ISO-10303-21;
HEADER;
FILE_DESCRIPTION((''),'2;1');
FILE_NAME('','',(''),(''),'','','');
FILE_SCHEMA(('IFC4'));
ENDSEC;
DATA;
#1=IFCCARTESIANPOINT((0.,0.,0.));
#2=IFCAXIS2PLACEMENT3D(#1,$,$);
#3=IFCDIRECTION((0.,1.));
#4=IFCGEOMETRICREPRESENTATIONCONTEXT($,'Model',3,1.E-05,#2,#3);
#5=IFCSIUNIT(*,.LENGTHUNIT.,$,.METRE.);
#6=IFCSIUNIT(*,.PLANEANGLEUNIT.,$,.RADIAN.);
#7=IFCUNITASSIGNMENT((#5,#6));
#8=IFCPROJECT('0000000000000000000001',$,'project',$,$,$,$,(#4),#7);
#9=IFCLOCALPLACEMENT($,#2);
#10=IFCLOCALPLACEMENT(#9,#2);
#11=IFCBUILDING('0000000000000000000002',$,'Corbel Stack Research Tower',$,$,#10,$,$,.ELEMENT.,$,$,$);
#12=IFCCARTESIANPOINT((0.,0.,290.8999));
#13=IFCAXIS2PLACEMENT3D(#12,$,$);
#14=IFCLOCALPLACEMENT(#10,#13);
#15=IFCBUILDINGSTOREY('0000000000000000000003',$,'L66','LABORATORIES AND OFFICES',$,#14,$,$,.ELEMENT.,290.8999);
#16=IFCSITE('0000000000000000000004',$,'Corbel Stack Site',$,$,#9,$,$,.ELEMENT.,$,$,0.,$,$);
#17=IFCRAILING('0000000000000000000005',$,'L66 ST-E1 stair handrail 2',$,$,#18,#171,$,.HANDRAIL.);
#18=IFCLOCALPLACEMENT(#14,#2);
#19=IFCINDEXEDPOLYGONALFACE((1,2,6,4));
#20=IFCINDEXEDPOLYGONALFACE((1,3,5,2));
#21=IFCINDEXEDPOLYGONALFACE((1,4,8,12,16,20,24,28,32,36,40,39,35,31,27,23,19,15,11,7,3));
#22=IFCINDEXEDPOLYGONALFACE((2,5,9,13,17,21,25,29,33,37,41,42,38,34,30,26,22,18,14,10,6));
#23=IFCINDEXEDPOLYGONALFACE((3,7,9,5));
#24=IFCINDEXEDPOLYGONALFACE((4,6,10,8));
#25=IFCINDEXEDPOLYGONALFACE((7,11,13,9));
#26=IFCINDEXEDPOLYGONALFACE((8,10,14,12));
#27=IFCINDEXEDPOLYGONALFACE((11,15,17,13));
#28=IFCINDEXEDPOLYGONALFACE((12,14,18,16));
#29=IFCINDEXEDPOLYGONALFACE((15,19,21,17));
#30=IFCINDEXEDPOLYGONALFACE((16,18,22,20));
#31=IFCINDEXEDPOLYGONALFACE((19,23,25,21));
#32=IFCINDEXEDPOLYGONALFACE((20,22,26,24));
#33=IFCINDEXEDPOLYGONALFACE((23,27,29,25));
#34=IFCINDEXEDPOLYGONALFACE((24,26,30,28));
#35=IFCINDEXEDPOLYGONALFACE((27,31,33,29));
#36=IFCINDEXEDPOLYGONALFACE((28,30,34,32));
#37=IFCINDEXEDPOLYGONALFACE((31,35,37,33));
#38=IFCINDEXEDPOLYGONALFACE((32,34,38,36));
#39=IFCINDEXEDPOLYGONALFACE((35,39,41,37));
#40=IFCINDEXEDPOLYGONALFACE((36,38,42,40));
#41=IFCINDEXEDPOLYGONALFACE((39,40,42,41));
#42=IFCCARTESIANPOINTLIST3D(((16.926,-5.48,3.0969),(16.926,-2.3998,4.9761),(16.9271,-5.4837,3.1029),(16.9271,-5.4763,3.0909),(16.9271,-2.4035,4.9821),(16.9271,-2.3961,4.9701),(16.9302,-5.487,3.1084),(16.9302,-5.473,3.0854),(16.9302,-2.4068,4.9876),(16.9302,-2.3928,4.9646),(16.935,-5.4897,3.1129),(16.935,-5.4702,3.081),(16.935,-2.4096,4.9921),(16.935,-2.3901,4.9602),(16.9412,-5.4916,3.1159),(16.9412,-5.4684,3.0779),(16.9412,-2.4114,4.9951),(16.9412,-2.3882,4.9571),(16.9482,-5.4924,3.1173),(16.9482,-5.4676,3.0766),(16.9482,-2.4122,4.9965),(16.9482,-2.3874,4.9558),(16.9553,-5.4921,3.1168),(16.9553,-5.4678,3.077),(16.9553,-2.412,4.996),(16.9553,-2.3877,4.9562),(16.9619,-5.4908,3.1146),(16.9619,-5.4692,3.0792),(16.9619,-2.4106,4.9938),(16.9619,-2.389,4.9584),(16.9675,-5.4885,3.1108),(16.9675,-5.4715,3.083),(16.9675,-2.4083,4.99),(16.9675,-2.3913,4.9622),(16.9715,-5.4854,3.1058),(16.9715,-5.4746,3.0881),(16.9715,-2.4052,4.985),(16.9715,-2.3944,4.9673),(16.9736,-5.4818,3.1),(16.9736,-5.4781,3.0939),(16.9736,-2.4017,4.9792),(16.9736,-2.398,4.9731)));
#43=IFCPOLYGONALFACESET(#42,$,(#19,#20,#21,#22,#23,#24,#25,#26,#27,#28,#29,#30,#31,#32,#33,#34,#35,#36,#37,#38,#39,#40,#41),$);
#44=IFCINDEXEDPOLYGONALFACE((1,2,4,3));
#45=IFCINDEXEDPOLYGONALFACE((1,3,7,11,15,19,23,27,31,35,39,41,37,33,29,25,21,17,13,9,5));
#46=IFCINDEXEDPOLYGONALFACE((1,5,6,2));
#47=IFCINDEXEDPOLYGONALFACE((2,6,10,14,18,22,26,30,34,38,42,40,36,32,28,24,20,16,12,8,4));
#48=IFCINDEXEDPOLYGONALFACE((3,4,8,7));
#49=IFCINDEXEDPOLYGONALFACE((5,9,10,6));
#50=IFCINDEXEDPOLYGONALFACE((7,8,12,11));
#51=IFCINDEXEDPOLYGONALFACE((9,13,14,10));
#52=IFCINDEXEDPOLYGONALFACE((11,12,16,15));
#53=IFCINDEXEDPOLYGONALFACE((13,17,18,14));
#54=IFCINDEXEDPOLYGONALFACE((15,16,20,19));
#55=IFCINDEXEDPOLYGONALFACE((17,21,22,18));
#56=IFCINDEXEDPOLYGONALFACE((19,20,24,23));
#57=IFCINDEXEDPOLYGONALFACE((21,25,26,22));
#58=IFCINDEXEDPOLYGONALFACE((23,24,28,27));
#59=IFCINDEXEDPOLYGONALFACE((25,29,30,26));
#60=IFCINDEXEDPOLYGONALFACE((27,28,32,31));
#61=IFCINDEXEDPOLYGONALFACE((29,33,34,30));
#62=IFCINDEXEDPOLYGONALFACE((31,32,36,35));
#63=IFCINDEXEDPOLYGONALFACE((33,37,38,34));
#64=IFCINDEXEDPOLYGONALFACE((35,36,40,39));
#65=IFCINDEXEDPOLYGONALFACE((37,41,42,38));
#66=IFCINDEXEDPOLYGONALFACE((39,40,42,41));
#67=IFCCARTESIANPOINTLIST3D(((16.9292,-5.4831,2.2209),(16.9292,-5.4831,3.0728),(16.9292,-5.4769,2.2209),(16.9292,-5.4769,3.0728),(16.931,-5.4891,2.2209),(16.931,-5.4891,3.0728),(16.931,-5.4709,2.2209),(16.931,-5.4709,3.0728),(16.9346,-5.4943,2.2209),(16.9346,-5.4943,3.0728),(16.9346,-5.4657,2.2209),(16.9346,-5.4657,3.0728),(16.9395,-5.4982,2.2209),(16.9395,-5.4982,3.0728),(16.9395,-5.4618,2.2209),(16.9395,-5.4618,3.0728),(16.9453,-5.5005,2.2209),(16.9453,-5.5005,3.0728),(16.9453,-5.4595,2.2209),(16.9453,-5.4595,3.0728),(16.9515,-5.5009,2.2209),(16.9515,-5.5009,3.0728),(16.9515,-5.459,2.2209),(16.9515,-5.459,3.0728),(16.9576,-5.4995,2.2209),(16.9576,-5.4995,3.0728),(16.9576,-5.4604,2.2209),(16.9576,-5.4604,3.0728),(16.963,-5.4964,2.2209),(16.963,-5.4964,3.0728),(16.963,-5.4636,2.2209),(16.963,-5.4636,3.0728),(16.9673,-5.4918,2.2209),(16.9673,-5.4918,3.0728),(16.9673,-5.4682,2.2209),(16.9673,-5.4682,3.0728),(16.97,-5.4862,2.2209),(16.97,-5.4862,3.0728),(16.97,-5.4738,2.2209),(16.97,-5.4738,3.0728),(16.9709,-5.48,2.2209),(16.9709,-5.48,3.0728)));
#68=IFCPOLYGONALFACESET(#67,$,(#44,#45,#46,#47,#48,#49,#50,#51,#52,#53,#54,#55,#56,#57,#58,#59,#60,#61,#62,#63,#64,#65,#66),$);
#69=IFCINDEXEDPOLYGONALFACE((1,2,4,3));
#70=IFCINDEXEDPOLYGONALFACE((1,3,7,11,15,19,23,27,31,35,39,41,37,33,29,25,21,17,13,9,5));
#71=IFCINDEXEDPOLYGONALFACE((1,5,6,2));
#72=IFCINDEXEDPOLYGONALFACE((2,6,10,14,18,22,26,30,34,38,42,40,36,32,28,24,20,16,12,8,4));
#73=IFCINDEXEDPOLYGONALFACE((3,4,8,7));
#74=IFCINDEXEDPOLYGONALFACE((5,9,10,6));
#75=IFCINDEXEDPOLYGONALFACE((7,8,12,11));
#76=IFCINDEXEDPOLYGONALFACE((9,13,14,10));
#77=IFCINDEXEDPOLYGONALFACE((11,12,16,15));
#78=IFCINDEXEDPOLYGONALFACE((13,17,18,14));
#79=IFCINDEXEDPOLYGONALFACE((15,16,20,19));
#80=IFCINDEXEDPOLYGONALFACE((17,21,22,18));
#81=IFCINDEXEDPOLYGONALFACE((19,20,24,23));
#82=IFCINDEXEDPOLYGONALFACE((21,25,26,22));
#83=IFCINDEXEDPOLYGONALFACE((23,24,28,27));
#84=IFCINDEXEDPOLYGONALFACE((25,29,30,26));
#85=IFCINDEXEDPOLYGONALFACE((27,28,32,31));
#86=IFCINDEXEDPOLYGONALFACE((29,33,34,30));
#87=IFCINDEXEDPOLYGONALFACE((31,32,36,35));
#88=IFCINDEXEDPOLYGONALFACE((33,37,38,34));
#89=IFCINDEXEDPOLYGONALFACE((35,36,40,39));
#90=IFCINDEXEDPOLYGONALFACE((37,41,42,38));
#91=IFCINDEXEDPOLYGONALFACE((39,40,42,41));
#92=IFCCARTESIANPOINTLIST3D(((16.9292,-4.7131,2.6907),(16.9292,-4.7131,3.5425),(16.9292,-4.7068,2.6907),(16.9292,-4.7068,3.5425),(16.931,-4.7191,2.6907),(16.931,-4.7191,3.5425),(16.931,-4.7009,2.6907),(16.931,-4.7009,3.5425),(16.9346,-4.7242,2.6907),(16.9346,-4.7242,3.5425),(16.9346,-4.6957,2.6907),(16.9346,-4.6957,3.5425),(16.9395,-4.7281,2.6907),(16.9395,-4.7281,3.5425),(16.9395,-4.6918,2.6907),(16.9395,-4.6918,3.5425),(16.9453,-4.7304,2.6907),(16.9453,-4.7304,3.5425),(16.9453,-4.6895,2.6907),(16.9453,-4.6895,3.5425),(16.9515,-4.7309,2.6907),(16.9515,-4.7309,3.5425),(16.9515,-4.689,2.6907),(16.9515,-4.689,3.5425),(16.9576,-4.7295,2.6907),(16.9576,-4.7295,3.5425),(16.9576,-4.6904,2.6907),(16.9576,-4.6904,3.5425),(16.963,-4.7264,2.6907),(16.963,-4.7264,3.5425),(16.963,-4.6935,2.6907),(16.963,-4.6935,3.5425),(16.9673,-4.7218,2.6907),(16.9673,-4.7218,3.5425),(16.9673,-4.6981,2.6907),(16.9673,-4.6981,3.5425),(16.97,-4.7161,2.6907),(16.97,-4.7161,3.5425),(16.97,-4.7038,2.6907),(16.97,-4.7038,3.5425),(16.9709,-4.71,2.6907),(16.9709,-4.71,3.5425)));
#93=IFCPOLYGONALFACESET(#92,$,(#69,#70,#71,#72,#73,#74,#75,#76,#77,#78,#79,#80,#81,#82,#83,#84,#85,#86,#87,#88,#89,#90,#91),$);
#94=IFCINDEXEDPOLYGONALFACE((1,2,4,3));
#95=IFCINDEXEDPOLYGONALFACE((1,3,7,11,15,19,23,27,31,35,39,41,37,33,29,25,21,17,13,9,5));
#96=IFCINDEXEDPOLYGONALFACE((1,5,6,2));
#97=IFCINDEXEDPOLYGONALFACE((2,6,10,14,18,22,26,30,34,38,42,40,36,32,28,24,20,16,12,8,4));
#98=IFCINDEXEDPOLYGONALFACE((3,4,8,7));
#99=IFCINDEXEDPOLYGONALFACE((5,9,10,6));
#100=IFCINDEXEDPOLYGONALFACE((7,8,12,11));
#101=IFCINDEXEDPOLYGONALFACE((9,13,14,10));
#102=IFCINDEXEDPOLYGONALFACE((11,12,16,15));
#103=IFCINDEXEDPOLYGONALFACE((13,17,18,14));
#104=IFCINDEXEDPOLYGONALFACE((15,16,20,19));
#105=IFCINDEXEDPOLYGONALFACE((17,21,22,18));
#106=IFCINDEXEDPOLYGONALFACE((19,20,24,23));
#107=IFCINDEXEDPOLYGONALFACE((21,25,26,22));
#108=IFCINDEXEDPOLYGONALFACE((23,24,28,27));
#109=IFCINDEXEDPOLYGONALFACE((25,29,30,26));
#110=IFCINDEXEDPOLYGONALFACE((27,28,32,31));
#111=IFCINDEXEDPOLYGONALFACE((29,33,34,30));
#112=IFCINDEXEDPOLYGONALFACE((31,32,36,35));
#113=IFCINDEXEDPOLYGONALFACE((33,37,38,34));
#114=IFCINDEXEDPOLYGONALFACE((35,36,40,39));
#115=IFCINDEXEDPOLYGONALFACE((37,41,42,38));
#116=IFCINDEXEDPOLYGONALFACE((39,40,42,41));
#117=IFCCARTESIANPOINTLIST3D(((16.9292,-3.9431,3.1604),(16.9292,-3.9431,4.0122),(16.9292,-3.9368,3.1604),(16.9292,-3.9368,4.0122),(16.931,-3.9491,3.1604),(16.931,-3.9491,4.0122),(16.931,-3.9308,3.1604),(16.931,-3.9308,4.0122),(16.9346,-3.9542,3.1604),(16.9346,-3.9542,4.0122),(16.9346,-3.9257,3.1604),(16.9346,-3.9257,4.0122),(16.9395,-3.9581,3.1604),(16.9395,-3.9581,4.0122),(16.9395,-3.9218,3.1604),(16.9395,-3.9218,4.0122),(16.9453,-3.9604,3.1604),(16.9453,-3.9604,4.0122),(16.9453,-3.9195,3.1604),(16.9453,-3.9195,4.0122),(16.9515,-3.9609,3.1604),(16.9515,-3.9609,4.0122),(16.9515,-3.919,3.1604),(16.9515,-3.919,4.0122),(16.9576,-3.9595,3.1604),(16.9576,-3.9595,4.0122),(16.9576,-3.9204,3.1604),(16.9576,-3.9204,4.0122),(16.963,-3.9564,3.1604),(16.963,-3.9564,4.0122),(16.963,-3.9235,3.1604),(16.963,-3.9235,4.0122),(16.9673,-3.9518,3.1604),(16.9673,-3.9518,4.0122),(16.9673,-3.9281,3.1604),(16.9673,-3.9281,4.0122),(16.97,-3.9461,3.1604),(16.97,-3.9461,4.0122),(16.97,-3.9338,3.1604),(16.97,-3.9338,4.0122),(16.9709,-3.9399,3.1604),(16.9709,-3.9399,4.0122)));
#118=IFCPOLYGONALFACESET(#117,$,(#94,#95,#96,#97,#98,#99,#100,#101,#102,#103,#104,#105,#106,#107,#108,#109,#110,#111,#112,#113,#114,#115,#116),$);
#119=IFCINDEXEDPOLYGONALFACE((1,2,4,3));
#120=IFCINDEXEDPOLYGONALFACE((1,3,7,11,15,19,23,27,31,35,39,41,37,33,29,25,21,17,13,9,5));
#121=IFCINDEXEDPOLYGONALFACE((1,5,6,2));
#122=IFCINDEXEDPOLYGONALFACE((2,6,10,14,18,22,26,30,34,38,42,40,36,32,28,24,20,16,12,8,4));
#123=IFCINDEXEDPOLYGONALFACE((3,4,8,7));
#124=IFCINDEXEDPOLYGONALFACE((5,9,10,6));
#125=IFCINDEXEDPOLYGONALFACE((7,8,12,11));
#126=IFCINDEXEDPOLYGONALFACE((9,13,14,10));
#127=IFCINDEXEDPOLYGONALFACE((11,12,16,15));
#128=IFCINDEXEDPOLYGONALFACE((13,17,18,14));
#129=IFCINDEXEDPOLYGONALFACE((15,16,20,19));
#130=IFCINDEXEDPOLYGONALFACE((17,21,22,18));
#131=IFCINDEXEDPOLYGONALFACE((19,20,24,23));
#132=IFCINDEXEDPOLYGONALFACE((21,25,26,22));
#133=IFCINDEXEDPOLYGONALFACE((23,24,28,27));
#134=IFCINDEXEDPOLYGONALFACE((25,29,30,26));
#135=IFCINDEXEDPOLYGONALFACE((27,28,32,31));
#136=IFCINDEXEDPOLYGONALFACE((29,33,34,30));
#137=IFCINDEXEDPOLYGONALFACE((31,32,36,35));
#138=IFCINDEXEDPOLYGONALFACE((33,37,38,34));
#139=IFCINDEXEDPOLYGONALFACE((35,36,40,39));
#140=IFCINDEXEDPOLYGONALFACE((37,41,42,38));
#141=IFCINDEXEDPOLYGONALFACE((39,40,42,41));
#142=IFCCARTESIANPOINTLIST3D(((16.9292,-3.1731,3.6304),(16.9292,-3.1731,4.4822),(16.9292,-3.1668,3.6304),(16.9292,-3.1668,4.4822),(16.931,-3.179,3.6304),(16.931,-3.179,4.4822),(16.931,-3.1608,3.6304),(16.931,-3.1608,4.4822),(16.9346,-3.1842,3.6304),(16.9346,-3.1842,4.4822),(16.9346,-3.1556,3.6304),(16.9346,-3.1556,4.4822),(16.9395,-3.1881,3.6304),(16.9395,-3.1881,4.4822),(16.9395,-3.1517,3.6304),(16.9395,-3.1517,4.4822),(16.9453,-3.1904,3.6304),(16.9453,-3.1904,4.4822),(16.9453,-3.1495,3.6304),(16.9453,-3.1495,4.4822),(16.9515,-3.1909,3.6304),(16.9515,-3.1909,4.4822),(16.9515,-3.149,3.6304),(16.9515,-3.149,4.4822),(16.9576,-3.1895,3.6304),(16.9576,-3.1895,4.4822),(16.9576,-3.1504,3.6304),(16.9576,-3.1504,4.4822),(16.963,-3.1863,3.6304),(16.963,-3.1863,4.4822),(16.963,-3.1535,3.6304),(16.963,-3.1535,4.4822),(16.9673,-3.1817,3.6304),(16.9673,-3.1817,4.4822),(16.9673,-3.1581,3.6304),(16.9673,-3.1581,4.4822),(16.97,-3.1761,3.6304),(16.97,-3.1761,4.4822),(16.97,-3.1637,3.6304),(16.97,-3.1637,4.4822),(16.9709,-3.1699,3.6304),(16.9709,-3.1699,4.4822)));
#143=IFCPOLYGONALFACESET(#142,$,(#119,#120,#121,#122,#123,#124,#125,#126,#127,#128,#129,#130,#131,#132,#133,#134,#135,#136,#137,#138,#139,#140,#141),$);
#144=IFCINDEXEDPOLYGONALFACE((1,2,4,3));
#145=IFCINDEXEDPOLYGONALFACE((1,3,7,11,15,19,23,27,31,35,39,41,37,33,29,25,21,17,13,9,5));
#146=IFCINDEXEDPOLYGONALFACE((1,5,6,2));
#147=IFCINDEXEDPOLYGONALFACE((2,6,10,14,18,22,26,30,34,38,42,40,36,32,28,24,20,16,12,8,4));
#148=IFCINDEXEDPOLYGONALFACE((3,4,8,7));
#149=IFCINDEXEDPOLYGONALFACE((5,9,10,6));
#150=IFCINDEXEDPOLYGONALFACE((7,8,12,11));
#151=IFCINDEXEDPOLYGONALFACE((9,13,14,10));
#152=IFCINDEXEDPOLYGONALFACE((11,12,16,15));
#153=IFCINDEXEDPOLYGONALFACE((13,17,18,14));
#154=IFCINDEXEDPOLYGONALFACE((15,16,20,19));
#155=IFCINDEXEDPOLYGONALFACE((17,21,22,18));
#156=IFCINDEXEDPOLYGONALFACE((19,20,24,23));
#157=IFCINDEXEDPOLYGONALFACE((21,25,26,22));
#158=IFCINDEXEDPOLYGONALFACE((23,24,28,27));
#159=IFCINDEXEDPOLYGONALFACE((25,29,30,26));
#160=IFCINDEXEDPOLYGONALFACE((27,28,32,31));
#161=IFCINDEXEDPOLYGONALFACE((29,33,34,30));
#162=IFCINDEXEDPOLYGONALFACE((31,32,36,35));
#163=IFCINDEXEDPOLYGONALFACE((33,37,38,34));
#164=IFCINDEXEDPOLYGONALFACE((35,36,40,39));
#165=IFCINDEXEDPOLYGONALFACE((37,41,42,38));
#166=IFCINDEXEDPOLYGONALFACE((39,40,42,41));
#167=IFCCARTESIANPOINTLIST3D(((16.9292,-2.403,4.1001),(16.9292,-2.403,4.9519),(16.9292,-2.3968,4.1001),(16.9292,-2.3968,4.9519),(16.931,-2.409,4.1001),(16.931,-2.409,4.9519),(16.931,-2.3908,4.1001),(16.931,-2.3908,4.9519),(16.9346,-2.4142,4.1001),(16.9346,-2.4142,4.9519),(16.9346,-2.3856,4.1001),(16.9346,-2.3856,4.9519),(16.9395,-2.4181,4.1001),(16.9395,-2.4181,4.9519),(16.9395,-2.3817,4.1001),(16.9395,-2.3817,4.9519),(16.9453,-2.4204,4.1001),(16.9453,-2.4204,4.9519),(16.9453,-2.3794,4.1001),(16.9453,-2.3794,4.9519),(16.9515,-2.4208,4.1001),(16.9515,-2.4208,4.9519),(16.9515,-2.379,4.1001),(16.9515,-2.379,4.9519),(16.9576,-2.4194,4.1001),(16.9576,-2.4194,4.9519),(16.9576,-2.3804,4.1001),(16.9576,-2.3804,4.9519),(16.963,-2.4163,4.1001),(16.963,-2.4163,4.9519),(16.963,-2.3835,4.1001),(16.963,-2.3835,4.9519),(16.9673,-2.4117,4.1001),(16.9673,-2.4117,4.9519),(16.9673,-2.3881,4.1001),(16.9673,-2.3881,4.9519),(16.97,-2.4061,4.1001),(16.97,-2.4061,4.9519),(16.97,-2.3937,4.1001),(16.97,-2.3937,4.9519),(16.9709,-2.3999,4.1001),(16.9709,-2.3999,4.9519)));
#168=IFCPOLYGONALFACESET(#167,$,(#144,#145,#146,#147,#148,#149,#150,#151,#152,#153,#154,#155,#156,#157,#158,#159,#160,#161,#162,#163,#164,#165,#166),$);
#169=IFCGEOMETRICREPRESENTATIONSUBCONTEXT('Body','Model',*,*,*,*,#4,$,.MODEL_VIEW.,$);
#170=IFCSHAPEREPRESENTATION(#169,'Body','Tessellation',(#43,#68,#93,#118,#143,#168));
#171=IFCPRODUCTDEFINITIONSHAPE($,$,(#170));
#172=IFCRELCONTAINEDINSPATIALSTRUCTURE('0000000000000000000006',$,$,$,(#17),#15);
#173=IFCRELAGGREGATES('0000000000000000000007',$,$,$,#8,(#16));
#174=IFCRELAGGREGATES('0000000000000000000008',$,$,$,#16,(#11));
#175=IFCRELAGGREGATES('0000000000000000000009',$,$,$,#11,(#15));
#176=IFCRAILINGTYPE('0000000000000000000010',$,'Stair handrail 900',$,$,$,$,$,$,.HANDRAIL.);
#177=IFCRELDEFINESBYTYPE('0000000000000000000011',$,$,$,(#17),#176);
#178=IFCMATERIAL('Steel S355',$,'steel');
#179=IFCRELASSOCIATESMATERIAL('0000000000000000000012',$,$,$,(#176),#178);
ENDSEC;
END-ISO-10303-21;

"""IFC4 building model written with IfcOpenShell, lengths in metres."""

from ifc_helpers import new_model, si_unit, direction, frame, origin, origin_2d, place, context, subcontext, project, spatial, circle, extrude, material, type_object, element, save


model = new_model("IFC4")

# Units and contexts
model_context = context("Model", 3, precision=1e-05, world=origin(), true_north=direction((0.0, 1.0)))
body_context = subcontext(model_context, "Body", "Model", "MODEL_VIEW")
ifc_project = project(units=[si_unit("LENGTHUNIT", "METRE"), si_unit("PLANEANGLEUNIT", "RADIAN")], contexts=[model_context])

# Site, building, storey
site_placement = place(None, origin())
site = spatial("IfcSite", under=ifc_project, at=site_placement, Name="Corbel Stack Site", CompositionType="ELEMENT", RefElevation=0.0)
building_placement = place(site_placement, origin())
building = spatial("IfcBuilding", under=site, at=building_placement, Name="Corbel Stack Research Tower", CompositionType="ELEMENT")
storey_placement = place(building_placement, frame((0.0, 0.0, 290.8999)))
storey = spatial("IfcBuildingStorey", under=building, at=storey_placement, Name="L66", Description="LABORATORIES AND OFFICES", CompositionType="ELEMENT", Elevation=290.8999)

# Railing
ifc_material_1 = material(Name="Steel S355", Category="steel")
railing_type_1 = type_object("IfcRailingType", Name="Stair handrail 900", PredefinedType="HANDRAIL", material=ifc_material_1)
railing_1_placement = place(storey_placement, frame((16.95, -5.48, 2.2209)))
element("IfcRailing", 1, at=railing_1_placement, inside=storey, type_object=railing_type_1, Name="L66 ST-E1 stair handrail 2", PredefinedType="HANDRAIL", context=body_context, shape_type="SweptSolid", body=[
    extrude(circle(Radius=0.0239, at=origin_2d()), frame((0.0, 0.0, 0.876), z_axis=(0.0, 0.853666, 0.52082), x_axis=(-1.0, 0.0, 0.0)), (0.0, 0.0, 1.0), 3.6082),
    extrude(circle(Radius=0.021, at=origin_2d()), origin(), (0.0, 0.0, 1.0), 0.8518),
    extrude(circle(Radius=0.021, at=origin_2d()), frame((0.0, 0.77, 0.4697)), (0.0, 0.0, 1.0), 0.8518),
    extrude(circle(Radius=0.021, at=origin_2d()), frame((0.0, 1.54, 0.9395)), (0.0, 0.0, 1.0), 0.8518),
    extrude(circle(Radius=0.021, at=origin_2d()), frame((0.0, 2.3101, 1.4094)), (0.0, 0.0, 1.0), 0.8518),
    extrude(circle(Radius=0.021, at=origin_2d()), frame((0.0, 3.0801, 1.8792)), (0.0, 0.0, 1.0), 0.8518),
])

save(model, "model.ifc")
